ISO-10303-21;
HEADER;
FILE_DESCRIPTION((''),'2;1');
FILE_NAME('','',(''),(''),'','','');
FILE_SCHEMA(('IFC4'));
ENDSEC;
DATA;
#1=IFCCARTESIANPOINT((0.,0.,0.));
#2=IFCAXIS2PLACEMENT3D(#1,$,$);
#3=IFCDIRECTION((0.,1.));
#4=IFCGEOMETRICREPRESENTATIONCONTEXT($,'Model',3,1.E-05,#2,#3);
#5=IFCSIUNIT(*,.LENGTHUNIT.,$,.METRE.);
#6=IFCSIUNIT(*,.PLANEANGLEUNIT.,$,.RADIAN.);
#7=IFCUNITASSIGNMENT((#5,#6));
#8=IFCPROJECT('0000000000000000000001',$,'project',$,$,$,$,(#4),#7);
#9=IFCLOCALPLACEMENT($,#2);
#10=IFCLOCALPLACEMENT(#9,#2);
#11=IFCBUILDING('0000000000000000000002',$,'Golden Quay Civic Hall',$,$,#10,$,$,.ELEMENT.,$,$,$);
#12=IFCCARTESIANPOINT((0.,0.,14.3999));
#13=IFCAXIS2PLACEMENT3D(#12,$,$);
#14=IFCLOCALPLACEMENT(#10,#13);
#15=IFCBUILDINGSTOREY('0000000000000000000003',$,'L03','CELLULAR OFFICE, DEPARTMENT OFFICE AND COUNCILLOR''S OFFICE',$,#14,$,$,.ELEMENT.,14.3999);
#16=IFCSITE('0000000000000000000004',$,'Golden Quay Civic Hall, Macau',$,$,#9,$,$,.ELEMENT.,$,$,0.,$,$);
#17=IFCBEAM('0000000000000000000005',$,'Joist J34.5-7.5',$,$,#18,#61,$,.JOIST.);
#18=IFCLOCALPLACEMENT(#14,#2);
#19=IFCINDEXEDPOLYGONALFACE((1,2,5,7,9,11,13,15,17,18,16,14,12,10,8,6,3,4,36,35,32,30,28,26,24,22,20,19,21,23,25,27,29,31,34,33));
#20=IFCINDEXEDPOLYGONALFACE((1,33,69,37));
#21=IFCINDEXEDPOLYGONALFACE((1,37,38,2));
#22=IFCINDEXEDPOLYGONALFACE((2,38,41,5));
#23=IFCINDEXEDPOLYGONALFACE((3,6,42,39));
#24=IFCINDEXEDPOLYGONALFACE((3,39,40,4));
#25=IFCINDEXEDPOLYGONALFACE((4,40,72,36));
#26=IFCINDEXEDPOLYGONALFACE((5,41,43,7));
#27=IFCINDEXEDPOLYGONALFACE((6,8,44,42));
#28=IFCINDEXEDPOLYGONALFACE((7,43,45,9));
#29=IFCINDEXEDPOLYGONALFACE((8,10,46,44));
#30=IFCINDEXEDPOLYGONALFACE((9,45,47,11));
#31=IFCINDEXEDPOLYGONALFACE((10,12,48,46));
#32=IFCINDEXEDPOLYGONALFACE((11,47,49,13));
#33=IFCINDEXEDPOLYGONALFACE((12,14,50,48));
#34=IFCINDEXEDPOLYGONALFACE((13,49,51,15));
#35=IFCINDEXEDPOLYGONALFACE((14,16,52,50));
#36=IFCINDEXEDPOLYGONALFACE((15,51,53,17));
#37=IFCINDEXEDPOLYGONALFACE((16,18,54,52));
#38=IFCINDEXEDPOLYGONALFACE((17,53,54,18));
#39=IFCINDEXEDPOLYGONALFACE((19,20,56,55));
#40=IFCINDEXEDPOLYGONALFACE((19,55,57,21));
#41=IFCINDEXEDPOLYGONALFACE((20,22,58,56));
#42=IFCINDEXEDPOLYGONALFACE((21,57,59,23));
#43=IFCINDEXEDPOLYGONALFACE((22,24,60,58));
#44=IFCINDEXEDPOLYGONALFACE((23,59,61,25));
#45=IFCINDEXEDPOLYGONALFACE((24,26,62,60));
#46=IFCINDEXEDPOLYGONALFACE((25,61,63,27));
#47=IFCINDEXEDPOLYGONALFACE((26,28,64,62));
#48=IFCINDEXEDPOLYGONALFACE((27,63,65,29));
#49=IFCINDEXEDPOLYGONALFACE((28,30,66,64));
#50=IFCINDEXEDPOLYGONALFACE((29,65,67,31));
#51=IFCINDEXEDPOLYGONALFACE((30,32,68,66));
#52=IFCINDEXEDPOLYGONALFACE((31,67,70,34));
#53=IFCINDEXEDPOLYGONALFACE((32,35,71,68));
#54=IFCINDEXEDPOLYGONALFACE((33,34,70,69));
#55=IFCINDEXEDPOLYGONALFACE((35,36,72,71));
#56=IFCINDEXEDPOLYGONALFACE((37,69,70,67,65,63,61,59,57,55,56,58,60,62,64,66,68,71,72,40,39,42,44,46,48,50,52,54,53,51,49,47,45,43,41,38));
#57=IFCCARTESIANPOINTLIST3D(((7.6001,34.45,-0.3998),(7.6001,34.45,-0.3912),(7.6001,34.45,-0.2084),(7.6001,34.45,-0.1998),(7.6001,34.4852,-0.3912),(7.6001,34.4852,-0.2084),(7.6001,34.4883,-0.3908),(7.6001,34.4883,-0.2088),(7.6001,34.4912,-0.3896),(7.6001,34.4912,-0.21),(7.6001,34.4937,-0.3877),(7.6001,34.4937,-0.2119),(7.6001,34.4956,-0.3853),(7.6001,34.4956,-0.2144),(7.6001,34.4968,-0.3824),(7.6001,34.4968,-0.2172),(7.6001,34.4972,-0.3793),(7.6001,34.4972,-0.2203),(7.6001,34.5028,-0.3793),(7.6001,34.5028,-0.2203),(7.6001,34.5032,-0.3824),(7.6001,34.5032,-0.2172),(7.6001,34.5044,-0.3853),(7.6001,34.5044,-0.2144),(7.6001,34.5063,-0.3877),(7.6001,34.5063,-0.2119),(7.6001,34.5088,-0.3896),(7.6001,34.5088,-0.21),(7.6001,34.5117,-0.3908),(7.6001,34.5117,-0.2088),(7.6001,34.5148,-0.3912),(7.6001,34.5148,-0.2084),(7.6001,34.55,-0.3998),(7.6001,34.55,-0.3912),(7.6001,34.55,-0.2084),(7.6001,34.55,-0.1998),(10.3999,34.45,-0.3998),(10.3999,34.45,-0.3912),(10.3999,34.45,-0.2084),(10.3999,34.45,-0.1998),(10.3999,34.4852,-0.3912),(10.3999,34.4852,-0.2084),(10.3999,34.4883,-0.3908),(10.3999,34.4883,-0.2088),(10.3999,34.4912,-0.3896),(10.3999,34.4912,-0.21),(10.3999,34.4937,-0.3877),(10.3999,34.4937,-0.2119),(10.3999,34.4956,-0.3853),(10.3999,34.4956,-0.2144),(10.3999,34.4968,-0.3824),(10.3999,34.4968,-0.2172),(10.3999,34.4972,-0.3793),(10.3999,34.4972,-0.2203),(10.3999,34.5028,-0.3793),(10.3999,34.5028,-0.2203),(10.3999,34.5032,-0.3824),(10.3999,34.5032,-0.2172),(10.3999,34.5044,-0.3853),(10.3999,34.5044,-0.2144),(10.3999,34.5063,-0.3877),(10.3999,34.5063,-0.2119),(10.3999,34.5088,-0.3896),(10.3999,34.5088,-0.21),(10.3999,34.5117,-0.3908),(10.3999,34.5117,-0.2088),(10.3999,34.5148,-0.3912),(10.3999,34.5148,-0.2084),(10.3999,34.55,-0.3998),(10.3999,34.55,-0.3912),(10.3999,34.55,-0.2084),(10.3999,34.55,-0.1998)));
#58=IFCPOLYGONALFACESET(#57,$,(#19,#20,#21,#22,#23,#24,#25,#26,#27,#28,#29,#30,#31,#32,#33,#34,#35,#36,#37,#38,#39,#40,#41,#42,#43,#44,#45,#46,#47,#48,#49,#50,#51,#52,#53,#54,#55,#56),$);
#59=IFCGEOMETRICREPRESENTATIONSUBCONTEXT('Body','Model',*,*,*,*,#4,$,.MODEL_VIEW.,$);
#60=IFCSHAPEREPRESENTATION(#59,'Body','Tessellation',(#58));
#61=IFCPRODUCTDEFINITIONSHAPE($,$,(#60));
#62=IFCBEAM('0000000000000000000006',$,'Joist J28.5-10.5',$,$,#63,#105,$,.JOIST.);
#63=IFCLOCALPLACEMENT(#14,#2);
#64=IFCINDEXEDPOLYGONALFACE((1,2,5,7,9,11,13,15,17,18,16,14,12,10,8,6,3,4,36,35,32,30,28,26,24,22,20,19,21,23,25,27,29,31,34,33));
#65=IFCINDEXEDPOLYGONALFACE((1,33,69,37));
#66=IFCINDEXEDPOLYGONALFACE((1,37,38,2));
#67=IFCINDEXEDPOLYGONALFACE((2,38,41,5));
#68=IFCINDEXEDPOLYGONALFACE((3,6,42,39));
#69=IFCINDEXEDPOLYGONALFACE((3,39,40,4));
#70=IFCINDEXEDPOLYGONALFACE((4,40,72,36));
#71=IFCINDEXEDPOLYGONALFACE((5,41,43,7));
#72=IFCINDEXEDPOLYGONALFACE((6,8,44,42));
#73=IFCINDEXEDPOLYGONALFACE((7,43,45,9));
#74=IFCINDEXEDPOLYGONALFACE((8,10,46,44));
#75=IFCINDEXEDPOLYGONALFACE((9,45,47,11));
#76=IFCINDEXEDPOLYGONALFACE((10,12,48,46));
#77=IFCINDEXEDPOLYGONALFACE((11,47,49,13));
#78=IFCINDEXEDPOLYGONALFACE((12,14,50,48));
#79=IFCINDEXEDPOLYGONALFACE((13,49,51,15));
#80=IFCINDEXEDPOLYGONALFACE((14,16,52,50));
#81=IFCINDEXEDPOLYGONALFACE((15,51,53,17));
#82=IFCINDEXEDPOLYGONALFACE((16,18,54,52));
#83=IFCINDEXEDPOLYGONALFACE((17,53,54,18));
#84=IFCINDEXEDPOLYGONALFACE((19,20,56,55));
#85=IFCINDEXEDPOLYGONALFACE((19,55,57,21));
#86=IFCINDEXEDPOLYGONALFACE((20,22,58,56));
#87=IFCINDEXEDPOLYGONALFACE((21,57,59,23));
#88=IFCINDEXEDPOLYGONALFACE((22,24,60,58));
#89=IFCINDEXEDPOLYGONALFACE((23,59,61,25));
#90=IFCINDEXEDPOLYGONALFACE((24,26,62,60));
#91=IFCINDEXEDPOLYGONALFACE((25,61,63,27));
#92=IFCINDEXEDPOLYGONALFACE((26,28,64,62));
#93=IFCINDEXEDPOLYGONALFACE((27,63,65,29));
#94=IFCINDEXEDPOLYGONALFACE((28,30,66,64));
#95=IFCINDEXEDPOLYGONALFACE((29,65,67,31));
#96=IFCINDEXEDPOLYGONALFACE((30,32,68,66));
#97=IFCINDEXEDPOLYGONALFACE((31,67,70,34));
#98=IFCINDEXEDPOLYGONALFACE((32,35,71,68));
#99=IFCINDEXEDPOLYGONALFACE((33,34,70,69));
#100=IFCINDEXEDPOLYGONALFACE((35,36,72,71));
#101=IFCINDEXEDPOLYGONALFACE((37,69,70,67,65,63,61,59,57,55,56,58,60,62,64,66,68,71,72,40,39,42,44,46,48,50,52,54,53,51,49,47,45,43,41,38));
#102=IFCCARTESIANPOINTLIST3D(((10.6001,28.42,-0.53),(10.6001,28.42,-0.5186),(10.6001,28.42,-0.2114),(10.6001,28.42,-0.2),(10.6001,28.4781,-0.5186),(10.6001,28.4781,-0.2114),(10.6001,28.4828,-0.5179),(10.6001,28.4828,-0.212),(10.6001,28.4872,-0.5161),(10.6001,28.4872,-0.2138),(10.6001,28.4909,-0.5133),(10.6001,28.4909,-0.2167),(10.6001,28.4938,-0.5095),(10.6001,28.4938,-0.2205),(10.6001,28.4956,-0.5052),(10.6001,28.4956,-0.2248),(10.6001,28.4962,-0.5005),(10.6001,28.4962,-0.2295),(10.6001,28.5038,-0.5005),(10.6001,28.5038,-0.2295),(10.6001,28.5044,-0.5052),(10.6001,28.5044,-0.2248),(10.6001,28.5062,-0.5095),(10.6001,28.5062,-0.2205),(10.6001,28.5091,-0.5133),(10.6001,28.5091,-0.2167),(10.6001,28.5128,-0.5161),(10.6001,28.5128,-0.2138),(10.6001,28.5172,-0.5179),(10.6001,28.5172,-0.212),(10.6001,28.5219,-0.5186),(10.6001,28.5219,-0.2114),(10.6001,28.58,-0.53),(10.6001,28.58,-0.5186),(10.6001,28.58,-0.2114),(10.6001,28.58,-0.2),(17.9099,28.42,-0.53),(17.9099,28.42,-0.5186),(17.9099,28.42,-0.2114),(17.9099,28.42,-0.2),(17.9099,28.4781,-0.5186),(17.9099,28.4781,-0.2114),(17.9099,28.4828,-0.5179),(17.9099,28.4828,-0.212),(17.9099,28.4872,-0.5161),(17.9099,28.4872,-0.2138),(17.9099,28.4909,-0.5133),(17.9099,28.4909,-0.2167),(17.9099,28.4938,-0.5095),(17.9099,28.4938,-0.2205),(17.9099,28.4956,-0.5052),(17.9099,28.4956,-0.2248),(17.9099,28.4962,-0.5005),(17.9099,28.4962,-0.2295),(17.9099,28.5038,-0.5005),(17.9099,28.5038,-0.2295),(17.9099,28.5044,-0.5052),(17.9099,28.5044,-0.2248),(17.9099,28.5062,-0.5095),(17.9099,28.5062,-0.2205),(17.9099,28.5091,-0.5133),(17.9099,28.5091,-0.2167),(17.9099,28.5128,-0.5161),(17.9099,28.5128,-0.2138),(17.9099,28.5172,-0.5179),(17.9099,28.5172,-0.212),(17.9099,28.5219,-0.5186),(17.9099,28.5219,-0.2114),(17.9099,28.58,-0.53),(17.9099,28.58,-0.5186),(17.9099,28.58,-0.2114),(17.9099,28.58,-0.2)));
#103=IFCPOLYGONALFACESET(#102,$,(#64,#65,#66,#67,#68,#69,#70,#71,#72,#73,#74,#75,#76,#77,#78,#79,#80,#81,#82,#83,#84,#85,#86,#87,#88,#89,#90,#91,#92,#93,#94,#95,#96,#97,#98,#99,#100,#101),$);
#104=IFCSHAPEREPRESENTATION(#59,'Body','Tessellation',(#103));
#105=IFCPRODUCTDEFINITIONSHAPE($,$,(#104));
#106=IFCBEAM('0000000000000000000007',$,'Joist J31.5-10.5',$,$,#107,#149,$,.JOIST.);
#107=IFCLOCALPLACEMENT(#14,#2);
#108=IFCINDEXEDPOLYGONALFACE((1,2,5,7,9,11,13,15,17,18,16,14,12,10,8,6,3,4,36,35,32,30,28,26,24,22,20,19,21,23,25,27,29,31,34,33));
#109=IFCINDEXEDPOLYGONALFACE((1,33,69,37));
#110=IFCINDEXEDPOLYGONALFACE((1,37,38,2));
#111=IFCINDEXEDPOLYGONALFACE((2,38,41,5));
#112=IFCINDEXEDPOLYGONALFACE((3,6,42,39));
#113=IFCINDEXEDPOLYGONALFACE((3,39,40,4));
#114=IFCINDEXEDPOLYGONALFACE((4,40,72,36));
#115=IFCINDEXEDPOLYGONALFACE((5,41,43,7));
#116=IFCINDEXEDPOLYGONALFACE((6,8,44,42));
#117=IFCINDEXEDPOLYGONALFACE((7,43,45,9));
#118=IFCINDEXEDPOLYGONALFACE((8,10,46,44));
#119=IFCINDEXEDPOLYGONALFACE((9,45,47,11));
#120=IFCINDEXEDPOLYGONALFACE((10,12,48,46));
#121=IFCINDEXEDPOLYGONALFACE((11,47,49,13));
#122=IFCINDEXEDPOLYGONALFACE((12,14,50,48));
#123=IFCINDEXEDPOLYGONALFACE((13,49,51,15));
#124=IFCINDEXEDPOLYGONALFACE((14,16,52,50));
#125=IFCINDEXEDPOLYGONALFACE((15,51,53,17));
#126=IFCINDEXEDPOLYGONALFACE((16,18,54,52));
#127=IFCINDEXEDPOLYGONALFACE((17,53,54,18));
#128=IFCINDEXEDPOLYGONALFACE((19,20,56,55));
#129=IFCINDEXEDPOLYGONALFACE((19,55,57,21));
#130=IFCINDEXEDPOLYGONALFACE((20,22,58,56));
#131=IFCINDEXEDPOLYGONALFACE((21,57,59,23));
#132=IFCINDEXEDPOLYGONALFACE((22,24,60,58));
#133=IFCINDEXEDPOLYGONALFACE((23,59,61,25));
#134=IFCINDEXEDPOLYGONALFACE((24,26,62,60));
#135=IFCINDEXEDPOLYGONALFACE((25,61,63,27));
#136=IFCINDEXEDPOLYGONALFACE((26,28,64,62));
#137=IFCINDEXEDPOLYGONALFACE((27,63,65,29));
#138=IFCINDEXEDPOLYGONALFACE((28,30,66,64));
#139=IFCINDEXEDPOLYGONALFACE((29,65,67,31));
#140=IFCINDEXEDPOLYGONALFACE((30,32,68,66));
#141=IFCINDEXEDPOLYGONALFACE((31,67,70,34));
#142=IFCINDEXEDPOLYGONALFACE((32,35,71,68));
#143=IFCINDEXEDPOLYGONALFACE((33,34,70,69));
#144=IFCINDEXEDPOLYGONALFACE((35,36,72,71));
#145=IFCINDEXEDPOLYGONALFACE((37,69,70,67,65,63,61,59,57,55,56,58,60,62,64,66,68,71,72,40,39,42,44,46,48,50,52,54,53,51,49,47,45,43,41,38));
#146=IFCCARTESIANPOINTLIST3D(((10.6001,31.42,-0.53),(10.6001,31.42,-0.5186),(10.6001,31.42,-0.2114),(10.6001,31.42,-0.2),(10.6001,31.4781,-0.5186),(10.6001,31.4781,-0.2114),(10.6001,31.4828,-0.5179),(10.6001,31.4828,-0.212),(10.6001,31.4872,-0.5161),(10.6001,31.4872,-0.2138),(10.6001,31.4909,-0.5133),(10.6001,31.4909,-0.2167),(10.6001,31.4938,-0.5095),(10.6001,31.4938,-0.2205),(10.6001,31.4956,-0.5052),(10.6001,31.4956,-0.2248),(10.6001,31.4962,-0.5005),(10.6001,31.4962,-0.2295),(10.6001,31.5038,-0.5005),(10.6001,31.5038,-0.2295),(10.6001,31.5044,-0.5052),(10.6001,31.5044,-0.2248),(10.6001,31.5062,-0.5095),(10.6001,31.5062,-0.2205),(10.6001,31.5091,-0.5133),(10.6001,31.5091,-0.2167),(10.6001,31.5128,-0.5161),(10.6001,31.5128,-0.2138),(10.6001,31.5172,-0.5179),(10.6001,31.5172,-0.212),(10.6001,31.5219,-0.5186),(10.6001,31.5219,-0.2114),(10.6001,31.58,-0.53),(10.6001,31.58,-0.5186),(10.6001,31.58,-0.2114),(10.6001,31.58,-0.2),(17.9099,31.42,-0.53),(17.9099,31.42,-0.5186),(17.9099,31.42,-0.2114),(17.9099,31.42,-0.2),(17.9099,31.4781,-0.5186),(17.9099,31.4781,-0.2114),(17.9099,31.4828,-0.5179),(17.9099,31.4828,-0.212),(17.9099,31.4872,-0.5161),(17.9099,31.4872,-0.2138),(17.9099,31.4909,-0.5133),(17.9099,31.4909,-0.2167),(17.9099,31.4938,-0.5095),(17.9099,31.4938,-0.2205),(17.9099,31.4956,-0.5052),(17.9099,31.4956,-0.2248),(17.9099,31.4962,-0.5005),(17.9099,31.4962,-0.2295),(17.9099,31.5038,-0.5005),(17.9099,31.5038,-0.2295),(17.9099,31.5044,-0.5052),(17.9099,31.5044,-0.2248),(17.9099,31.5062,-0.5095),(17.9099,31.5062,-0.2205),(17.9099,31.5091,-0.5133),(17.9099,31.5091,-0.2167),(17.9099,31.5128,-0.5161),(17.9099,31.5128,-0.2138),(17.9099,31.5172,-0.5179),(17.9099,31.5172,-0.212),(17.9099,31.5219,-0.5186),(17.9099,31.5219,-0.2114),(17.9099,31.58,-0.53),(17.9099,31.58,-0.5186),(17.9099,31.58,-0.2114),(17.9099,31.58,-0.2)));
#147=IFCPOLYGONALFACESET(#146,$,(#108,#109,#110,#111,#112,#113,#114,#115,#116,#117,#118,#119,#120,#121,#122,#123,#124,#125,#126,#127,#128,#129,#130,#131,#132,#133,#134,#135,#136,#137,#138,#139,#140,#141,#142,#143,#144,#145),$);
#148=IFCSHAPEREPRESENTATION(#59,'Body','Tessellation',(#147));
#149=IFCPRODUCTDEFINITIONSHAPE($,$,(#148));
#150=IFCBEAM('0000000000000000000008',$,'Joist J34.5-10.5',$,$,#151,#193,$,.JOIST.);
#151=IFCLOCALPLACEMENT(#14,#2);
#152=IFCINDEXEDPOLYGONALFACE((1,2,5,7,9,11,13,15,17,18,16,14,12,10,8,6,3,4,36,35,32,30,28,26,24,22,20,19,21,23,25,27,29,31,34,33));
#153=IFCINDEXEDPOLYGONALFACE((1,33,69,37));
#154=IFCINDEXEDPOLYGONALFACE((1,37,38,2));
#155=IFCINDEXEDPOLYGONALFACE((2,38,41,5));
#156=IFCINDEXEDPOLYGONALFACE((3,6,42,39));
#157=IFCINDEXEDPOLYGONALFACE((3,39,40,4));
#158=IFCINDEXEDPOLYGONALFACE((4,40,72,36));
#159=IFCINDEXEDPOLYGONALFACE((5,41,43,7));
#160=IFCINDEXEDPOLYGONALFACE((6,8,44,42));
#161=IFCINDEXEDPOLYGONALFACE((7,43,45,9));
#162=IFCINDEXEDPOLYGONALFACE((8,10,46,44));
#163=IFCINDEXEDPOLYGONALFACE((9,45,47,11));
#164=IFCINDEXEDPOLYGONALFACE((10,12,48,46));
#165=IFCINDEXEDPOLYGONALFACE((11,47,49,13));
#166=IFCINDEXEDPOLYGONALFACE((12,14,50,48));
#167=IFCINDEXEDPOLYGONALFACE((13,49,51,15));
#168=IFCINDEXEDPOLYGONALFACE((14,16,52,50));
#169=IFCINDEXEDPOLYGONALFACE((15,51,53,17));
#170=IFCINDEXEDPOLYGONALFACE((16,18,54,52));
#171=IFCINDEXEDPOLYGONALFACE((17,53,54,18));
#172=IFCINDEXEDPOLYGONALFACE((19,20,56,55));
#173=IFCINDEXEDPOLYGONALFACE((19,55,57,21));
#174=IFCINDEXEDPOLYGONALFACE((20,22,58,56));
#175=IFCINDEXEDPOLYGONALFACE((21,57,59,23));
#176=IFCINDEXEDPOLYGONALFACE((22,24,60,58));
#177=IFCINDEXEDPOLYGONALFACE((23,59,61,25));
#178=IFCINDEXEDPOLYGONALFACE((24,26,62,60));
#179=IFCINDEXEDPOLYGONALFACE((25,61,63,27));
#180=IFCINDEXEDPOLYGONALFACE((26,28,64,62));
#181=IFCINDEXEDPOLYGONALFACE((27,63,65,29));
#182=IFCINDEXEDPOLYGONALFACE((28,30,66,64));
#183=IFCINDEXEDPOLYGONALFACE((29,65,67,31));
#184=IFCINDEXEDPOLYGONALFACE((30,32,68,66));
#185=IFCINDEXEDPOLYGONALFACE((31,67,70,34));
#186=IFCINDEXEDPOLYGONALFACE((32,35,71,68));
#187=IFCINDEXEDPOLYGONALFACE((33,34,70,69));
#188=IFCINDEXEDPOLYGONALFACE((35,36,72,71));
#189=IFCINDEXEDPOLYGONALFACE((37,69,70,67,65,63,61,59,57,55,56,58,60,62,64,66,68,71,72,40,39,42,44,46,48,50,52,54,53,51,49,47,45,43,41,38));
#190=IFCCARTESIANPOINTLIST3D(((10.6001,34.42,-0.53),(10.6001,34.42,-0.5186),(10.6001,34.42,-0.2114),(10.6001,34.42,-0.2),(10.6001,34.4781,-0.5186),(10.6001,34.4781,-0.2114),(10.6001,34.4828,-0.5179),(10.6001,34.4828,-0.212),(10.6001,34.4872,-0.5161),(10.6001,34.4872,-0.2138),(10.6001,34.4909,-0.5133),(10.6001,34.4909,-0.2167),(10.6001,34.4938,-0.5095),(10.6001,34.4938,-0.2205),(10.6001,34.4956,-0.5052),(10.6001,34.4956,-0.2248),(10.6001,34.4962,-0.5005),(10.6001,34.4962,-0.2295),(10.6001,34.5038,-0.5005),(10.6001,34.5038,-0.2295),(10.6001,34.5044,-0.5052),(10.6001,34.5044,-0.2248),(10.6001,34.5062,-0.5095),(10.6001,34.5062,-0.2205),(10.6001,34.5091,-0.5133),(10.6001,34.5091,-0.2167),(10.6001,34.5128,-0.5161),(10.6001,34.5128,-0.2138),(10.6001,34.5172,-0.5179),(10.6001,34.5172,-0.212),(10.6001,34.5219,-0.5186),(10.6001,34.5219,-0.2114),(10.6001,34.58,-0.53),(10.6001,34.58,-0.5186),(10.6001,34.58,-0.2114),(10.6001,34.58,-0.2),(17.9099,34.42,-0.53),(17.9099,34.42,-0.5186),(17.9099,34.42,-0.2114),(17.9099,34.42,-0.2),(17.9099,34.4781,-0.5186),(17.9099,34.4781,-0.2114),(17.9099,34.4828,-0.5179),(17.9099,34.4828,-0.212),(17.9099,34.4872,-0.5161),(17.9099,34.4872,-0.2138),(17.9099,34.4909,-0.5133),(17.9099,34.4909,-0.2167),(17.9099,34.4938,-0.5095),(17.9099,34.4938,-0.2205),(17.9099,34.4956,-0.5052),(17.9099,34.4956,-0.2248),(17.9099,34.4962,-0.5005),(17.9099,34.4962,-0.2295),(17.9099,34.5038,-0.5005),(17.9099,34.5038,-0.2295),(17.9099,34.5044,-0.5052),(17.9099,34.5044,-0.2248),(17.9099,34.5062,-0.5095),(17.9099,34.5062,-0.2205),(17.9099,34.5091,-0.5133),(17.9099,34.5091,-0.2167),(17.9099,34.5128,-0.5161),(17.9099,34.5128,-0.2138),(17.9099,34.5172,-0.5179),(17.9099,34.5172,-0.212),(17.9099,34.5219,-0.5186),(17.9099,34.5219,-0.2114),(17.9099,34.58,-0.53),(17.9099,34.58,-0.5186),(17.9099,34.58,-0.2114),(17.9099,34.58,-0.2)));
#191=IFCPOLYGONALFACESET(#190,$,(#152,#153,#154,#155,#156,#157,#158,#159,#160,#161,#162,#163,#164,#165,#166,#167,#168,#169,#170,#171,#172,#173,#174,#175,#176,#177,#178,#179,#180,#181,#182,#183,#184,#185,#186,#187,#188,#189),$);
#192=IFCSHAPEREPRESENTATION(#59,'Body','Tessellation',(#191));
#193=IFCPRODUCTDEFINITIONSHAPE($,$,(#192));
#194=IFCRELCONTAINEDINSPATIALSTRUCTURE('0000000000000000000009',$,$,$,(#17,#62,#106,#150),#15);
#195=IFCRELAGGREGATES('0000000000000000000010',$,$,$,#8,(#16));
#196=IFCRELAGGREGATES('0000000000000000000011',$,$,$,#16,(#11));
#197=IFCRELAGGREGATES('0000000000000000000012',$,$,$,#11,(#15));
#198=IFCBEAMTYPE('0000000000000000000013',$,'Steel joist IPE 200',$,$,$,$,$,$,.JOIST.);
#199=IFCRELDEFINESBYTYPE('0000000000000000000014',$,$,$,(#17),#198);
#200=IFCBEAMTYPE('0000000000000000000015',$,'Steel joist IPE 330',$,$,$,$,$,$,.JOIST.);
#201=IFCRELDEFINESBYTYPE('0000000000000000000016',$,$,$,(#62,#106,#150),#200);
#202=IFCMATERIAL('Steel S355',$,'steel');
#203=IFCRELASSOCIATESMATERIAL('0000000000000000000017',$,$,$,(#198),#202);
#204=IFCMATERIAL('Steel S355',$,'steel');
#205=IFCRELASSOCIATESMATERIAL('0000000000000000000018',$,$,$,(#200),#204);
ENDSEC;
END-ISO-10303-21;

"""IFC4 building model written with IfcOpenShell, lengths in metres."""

from ifc_helpers import new_model, si_unit, direction, frame, origin, origin_2d, place, context, subcontext, project, spatial, i_section, extrude, material, material_profile, profile_set, type_object, element, save


model = new_model("IFC4")

# Units and contexts
model_context = context("Model", 3, precision=1e-05, world=origin(), true_north=direction((0.0, 1.0)))
body_context = subcontext(model_context, "Body", "Model", "MODEL_VIEW")
ifc_project = project(units=[si_unit("LENGTHUNIT", "METRE"), si_unit("PLANEANGLEUNIT", "RADIAN")], contexts=[model_context])

# Site, building, storey
site_placement = place(None, origin())
site = spatial("IfcSite", under=ifc_project, at=site_placement, Name="Golden Quay Civic Hall, Macau", CompositionType="ELEMENT", RefElevation=0.0)
building_placement = place(site_placement, origin())
building = spatial("IfcBuilding", under=site, at=building_placement, Name="Golden Quay Civic Hall", CompositionType="ELEMENT")
storey_placement = place(building_placement, frame((0.0, 0.0, 14.3999)))
storey = spatial("IfcBuildingStorey", under=building, at=storey_placement, Name="L03", Description="CELLULAR OFFICE, DEPARTMENT OFFICE AND COUNCILLOR'S OFFICE", CompositionType="ELEMENT", Elevation=14.3999)

# Beams
ifc_material_1 = material(Name="Steel S355", Category="steel")
ifc_material_profile_1 = material_profile(ifc_material_1, i_section(OverallWidth=0.1001, OverallDepth=0.2, WebThickness=0.0056, FlangeThickness=0.0085, FilletRadius=0.012, at=origin_2d()), Name="IPE 200")
ifc_profile_set_1 = profile_set([ifc_material_profile_1], Name="Steel S355")
beam_type_1 = type_object("IfcBeamType", Name="Steel joist IPE 200", PredefinedType="JOIST", material=ifc_profile_set_1)
for number, where, z_axis, x_axis, name in (
    (1, (7.6001, 34.5, -0.2998), (1.0, 0.0, 0.0), (0.0, 1.0, 0.0), "Joist J34.5-7.5"),
):
    element("IfcBeam", number, at=place(storey_placement, frame(where, z_axis=z_axis, x_axis=x_axis)), inside=storey, type_object=beam_type_1, Name=name, PredefinedType="JOIST", context=body_context, shape_type="SweptSolid", body=[
        extrude(i_section(OverallWidth=0.1001, OverallDepth=0.2, WebThickness=0.0056, FlangeThickness=0.0085, FilletRadius=0.012, at=origin_2d()), origin(), (0.0, 0.0, 1.0), 2.7998),
    ])
ifc_material_2 = material(Name="Steel S355", Category="steel")
ifc_material_profile_2 = material_profile(ifc_material_2, i_section(OverallWidth=0.1599, OverallDepth=0.3301, WebThickness=0.0076, FlangeThickness=0.0115, FilletRadius=0.0181, at=origin_2d()), Name="IPE 330")
ifc_profile_set_2 = profile_set([ifc_material_profile_2], Name="Steel S355")
beam_type_2 = type_object("IfcBeamType", Name="Steel joist IPE 330", PredefinedType="JOIST", material=ifc_profile_set_2)
for number, where, z_axis, x_axis, name in (
    (2, (10.6001, 28.5, -0.365), (1.0, 0.0, 0.0), (0.0, 1.0, 0.0), "Joist J28.5-10.5"),
    (3, (10.6001, 31.5, -0.365), (1.0, 0.0, 0.0), (0.0, 1.0, 0.0), "Joist J31.5-10.5"),
    (4, (10.6001, 34.5, -0.365), (1.0, 0.0, 0.0), (0.0, 1.0, 0.0), "Joist J34.5-10.5"),
):
    element("IfcBeam", number, at=place(storey_placement, frame(where, z_axis=z_axis, x_axis=x_axis)), inside=storey, type_object=beam_type_2, Name=name, PredefinedType="JOIST", context=body_context, shape_type="SweptSolid", body=[
        extrude(i_section(OverallWidth=0.1599, OverallDepth=0.3301, WebThickness=0.0076, FlangeThickness=0.0115, FilletRadius=0.0181, at=origin_2d()), origin(), (0.0, 0.0, 1.0), 7.3098),
    ])

save(model, "model.ifc")
